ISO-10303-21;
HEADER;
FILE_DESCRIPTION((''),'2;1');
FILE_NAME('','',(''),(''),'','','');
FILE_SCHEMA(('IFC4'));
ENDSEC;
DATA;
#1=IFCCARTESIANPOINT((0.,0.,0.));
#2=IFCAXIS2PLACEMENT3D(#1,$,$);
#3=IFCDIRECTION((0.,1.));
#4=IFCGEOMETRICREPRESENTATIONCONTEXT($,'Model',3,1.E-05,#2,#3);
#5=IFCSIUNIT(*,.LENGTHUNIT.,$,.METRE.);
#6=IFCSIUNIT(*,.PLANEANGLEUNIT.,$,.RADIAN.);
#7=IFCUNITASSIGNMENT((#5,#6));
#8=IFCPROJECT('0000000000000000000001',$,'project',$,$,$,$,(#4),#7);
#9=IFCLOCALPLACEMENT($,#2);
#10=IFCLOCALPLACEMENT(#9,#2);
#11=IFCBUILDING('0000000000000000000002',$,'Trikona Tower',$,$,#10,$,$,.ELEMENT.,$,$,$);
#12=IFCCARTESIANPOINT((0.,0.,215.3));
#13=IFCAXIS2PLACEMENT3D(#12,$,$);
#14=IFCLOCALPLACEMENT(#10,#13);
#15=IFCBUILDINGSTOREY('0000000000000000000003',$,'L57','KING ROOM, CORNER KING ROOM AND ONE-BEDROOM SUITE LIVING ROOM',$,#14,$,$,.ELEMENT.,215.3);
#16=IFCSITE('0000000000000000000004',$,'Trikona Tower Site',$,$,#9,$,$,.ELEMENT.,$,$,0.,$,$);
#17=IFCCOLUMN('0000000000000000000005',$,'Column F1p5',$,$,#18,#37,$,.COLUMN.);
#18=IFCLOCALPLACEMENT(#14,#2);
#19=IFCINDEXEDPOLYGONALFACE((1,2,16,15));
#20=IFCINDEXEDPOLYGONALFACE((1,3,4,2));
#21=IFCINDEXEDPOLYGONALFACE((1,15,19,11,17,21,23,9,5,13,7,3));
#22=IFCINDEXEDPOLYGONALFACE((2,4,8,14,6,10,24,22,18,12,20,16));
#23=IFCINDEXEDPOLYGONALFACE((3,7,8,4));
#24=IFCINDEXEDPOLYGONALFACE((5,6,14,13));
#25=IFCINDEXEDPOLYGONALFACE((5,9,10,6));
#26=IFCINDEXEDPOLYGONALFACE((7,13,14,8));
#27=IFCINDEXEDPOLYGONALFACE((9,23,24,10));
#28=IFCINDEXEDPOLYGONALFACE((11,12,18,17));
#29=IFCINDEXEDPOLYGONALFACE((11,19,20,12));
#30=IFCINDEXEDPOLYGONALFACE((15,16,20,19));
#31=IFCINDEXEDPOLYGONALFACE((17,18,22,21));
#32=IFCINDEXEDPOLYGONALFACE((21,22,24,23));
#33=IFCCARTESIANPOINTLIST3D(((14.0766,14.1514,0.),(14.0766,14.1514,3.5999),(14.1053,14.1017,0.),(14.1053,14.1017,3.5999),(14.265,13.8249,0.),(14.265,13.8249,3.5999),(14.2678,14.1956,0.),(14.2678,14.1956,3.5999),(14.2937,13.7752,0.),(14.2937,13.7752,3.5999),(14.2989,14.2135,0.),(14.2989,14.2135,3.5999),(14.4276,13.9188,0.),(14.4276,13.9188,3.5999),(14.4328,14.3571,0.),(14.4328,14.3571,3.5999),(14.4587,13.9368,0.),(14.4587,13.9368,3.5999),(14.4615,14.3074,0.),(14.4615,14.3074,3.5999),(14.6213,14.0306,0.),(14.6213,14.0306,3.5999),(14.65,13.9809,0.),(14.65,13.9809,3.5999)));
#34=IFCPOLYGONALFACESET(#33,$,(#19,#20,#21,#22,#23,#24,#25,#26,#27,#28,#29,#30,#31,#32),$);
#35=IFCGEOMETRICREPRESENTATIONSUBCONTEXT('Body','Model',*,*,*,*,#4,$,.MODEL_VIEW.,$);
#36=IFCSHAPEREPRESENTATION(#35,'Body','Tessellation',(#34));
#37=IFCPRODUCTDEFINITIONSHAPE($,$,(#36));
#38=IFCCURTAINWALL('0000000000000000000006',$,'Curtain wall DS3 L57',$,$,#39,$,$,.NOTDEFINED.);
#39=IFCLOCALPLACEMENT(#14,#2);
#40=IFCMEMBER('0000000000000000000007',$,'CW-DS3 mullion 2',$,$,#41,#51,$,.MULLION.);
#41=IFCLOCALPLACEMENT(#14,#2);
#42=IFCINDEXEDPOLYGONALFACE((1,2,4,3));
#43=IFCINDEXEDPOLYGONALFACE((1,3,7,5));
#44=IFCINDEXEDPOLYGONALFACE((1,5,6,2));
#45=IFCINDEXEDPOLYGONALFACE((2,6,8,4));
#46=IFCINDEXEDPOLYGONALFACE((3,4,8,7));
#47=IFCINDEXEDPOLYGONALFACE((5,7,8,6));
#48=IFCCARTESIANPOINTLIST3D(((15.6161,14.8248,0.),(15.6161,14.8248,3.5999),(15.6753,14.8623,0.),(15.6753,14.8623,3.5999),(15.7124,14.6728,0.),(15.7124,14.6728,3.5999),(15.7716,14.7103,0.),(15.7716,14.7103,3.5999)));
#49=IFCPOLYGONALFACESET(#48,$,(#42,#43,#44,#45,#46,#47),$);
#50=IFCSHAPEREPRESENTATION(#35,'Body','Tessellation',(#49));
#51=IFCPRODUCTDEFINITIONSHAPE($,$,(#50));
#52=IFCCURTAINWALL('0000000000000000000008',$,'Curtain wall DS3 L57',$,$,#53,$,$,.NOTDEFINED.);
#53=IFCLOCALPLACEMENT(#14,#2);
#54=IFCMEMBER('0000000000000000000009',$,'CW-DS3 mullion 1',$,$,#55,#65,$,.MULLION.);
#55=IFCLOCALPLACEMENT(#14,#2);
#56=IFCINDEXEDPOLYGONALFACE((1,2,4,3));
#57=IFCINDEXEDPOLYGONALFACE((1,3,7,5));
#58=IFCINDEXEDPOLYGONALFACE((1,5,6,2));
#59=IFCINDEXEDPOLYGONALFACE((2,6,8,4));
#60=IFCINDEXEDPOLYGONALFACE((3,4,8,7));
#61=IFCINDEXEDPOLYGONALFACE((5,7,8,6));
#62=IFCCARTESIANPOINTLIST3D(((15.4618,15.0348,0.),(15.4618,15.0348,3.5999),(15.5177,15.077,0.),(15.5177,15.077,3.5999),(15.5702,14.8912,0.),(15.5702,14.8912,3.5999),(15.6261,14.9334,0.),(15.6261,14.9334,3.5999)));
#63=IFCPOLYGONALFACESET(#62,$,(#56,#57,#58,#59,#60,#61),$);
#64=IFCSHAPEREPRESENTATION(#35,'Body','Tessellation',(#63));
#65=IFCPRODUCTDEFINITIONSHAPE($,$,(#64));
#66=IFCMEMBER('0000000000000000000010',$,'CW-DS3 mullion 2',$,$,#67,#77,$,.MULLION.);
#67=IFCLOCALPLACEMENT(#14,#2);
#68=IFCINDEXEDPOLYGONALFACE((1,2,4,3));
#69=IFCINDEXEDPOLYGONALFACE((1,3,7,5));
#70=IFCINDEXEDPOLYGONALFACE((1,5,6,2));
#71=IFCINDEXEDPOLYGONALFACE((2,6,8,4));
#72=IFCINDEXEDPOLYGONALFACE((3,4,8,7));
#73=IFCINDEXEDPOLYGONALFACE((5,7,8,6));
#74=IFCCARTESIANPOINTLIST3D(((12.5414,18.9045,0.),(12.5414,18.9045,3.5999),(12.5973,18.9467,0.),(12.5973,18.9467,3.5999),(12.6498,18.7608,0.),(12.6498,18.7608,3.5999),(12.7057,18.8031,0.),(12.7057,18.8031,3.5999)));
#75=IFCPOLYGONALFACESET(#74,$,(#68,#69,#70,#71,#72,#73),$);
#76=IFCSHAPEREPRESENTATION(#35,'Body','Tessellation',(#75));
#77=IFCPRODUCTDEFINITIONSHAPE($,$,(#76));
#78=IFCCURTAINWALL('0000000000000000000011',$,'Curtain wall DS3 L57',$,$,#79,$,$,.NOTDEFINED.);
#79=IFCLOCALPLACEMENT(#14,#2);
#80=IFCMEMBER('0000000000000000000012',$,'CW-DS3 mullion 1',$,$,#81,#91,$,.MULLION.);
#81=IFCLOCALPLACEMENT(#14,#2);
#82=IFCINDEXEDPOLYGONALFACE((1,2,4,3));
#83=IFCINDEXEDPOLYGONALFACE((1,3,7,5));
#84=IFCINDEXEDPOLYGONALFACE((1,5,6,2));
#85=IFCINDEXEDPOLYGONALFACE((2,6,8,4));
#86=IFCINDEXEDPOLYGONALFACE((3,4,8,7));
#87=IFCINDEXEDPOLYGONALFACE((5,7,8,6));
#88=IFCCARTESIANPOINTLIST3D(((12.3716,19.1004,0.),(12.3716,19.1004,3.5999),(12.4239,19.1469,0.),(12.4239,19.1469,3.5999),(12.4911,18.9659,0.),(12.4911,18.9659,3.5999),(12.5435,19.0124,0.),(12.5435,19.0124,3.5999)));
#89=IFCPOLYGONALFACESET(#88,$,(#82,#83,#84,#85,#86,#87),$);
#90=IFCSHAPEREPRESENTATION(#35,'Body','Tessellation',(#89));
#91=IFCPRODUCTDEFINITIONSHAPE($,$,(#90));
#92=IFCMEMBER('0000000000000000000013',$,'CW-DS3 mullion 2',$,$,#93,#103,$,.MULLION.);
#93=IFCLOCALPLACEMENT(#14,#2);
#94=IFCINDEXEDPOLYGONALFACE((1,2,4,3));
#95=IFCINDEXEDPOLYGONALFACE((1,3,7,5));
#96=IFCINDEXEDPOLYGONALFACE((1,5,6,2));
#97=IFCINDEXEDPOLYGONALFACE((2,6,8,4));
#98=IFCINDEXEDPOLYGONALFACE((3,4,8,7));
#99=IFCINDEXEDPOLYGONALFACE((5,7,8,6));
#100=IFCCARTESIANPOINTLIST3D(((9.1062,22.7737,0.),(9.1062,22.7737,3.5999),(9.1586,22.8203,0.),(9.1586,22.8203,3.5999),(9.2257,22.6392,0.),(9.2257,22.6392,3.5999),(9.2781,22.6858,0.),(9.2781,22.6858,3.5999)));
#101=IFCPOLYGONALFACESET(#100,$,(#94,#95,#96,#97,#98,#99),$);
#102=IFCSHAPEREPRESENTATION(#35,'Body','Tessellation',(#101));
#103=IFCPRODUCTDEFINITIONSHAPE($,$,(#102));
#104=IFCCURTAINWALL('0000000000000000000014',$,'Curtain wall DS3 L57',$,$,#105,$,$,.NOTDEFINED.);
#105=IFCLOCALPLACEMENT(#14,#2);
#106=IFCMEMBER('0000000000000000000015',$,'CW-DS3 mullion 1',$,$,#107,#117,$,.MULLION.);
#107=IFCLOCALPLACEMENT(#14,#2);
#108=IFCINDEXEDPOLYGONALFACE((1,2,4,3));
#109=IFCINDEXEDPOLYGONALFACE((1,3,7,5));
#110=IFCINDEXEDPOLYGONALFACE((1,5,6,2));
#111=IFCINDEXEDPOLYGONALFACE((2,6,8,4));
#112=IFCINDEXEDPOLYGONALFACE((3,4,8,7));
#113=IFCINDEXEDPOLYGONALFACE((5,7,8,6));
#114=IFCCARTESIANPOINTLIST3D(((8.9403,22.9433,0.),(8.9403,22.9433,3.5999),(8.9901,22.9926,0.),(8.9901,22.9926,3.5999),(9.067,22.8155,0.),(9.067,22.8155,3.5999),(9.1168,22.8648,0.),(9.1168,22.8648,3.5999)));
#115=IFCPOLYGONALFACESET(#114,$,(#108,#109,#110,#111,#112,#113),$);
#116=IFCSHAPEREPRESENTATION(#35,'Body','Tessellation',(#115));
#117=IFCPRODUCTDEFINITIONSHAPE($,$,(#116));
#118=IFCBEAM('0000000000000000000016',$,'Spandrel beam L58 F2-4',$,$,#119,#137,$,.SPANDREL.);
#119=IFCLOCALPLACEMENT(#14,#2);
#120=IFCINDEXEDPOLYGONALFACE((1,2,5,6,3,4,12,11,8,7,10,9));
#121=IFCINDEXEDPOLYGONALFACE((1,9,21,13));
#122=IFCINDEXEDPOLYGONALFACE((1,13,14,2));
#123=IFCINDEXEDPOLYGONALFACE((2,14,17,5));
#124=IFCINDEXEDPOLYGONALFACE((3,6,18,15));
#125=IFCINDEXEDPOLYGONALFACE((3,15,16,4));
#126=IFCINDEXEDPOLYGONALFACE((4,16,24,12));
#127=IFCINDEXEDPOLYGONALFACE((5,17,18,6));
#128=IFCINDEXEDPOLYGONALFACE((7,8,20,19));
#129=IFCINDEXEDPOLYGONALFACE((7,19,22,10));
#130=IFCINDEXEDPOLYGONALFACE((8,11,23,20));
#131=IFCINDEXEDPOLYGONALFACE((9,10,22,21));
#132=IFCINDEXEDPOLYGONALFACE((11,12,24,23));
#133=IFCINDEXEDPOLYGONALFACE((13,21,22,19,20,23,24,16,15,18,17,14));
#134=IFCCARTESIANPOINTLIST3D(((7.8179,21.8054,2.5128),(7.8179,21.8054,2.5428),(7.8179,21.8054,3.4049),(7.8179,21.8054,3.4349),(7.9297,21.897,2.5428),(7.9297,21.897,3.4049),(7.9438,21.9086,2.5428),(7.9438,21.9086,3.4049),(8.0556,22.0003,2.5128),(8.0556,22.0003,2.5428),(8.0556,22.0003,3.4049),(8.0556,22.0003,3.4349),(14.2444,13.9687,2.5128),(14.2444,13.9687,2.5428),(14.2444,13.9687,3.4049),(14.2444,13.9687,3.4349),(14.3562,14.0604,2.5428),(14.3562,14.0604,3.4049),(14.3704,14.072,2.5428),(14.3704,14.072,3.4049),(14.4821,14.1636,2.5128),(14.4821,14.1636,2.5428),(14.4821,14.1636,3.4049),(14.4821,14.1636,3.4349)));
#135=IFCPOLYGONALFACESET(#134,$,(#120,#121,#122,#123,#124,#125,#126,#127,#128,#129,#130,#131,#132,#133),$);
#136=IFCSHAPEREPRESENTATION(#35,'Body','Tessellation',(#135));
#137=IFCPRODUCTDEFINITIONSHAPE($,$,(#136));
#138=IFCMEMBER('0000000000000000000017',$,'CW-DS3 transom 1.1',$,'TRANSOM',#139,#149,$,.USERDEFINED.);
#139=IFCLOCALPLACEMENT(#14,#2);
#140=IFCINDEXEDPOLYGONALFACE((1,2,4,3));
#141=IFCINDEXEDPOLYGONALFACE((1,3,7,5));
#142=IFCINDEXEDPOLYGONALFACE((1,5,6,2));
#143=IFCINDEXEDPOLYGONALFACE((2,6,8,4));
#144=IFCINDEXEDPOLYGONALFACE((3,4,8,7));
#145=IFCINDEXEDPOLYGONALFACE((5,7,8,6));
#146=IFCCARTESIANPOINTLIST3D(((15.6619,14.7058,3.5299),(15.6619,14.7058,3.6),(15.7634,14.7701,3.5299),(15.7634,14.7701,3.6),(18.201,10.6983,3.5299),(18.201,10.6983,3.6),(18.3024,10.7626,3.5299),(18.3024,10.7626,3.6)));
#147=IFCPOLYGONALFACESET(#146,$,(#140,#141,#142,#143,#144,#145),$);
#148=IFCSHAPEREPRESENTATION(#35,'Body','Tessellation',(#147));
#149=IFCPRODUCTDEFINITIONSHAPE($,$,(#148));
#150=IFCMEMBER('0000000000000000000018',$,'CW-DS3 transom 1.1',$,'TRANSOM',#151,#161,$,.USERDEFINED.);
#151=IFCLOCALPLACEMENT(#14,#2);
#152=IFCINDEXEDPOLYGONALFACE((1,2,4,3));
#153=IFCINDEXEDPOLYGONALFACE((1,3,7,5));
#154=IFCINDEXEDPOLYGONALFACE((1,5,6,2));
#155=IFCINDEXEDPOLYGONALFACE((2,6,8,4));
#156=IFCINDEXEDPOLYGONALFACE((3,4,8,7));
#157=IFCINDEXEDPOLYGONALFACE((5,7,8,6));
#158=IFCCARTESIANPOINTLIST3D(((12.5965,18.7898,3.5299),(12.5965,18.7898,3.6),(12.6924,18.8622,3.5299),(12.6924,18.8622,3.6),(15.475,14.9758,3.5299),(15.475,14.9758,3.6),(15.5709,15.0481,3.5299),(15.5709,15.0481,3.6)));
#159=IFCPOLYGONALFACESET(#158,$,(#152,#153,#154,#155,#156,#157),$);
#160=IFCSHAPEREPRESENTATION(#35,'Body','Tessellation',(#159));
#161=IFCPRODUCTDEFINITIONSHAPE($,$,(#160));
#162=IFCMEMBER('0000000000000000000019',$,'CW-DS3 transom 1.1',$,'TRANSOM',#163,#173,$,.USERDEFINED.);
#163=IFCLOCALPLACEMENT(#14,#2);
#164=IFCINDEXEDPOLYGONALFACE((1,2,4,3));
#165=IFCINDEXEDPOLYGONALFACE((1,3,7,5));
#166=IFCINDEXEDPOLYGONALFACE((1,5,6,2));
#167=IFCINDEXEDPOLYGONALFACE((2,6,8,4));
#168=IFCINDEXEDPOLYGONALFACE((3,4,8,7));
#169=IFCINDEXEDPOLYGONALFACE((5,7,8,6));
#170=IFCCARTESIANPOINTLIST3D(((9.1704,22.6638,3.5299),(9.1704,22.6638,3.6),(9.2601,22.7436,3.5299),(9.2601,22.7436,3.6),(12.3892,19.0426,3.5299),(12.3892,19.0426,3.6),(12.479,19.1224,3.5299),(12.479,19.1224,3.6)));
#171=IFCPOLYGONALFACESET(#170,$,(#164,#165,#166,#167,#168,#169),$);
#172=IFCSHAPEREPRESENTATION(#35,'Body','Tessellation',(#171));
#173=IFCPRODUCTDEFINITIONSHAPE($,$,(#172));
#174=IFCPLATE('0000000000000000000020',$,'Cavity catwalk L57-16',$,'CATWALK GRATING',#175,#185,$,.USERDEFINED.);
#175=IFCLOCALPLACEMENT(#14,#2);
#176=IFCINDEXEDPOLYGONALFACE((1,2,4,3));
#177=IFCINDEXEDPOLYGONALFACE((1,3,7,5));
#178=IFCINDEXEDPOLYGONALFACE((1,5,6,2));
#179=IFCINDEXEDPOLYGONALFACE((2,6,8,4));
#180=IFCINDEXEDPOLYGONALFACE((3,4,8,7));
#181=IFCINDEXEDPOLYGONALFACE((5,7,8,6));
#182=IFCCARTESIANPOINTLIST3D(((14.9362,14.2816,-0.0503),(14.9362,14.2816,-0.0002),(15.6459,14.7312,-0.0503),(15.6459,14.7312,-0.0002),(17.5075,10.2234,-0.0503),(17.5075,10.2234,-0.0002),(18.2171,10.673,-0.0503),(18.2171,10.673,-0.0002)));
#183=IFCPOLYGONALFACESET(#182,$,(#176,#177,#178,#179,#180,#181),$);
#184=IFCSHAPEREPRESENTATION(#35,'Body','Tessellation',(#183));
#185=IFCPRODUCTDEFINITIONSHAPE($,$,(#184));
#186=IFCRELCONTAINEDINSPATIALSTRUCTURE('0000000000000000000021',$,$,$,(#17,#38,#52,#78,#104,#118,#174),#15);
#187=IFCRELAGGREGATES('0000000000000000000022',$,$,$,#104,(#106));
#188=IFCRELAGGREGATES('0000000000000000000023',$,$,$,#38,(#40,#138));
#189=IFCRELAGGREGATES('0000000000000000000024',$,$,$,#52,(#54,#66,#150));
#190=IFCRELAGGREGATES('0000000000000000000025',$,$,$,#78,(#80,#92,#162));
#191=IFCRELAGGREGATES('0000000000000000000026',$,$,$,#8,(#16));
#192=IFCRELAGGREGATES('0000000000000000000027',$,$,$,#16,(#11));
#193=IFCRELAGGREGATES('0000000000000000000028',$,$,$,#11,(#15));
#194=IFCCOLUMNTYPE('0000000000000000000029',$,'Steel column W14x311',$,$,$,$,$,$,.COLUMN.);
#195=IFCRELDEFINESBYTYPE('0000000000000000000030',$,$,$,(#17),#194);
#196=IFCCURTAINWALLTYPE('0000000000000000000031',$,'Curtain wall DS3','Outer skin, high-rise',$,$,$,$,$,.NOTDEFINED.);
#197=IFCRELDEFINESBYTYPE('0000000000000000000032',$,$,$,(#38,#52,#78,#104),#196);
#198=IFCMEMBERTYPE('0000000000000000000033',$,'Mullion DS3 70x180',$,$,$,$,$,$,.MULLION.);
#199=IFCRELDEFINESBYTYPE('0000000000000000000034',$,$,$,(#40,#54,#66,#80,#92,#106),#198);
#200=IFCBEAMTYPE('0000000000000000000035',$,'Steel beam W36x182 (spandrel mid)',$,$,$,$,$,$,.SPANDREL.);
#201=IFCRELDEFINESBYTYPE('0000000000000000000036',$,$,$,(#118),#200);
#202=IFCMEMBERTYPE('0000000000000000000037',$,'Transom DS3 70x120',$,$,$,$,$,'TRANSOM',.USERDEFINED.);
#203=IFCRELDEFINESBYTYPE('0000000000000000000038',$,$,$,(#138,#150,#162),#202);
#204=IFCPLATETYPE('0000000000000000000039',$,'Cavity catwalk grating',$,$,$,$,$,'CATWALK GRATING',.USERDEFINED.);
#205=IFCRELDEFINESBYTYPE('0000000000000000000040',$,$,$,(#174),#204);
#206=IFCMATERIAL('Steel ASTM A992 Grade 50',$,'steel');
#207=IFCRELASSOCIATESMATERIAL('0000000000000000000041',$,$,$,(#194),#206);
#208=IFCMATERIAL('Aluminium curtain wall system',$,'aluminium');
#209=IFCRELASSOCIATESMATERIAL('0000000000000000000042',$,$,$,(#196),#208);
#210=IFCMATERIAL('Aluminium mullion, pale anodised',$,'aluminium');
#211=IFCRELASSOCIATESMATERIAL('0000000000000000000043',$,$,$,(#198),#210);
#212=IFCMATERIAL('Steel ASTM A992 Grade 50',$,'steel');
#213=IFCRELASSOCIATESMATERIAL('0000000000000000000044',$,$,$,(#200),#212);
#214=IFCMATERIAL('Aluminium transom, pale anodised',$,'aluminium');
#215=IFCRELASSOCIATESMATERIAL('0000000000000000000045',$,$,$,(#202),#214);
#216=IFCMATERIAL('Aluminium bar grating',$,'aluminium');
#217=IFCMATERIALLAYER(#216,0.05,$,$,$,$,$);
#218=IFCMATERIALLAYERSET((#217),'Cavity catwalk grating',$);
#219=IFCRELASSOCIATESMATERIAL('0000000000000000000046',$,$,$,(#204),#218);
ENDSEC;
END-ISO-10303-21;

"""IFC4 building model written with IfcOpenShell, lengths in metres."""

from ifc_helpers import new_model, si_unit, direction, frame, origin, origin_2d, place, context, subcontext, project, spatial, rectangle, i_section, extrude, material, layer, layer_set, material_profile, profile_set, type_object, element, aggregate, save


model = new_model("IFC4")

# Units and contexts
model_context = context("Model", 3, precision=1e-05, world=origin(), true_north=direction((0.0, 1.0)))
body_context = subcontext(model_context, "Body", "Model", "MODEL_VIEW")
ifc_project = project(units=[si_unit("LENGTHUNIT", "METRE"), si_unit("PLANEANGLEUNIT", "RADIAN")], contexts=[model_context])

# Site, building, storey
site_placement = place(None, origin())
site = spatial("IfcSite", under=ifc_project, at=site_placement, Name="Trikona Tower Site", CompositionType="ELEMENT", RefElevation=0.0)
building_placement = place(site_placement, origin())
building = spatial("IfcBuilding", under=site, at=building_placement, Name="Trikona Tower", CompositionType="ELEMENT")
storey_placement = place(building_placement, frame((0.0, 0.0, 215.3)))
storey = spatial("IfcBuildingStorey", under=building, at=storey_placement, Name="L57", Description="KING ROOM, CORNER KING ROOM AND ONE-BEDROOM SUITE LIVING ROOM", CompositionType="ELEMENT", Elevation=215.3)

# Column
ifc_material_1 = material(Name="Steel ASTM A992 Grade 50", Category="steel")
ifc_material_profile_1 = material_profile(ifc_material_1, i_section(OverallWidth=0.4114, OverallDepth=0.4343, WebThickness=0.0359, FlangeThickness=0.0574, at=origin_2d()), Name="W14X311")
ifc_profile_set_1 = profile_set([ifc_material_profile_1], Name="Steel ASTM A992 Grade 50")
column_type = type_object("IfcColumnType", Name="Steel column W14x311", PredefinedType="COLUMN", material=ifc_profile_set_1)
column_placement = place(storey_placement, frame((14.3633, 14.0662, 0.0), z_axis=(0.0, 0.0, 1.0), x_axis=(0.866025, 0.5, 0.0)))
element("IfcColumn", 1, at=column_placement, inside=storey, type_object=column_type, Name="Column F1p5", PredefinedType="COLUMN", context=body_context, shape_type="SweptSolid", body=[
    extrude(i_section(OverallWidth=0.4114, OverallDepth=0.4343, WebThickness=0.0359, FlangeThickness=0.0574, at=origin_2d()), origin(), (0.0, 0.0, 1.0), 3.5999),
])

# Curtain wall, member
ifc_material_2 = material(Name="Aluminium curtain wall system", Category="aluminium")
curtain_wall_type = type_object("IfcCurtainWallType", Name="Curtain wall DS3", Description="Outer skin, high-rise", PredefinedType="NOTDEFINED", material=ifc_material_2)
curtain_wall_1_placement = place(storey_placement, origin())
curtain_wall_1 = element("IfcCurtainWall", 2, at=curtain_wall_1_placement, inside=storey, type_object=curtain_wall_type, Name="Curtain wall DS3 L57", PredefinedType="NOTDEFINED")
ifc_material_3 = material(Name="Aluminium mullion, pale anodised", Category="aluminium")
ifc_material_profile_2 = material_profile(ifc_material_3, rectangle(XDim=0.0701, YDim=0.1799, at=origin_2d()), Name="MUL-DS3")
ifc_profile_set_2 = profile_set([ifc_material_profile_2], Name="Aluminium mullion, pale anodised")
member_type_1 = type_object("IfcMemberType", Name="Mullion DS3 70x180", PredefinedType="MULLION", material=ifc_profile_set_2)
member_1_placement = place(storey_placement, frame((15.6938, 14.7676, 0.0), z_axis=(0.0, 0.0, 1.0), x_axis=(-0.844727, -0.535197, 0.0)))
member_1 = element("IfcMember", 3, at=member_1_placement, type_object=member_type_1, Name="CW-DS3 mullion 2", PredefinedType="MULLION", context=body_context, shape_type="SweptSolid", body=[
    extrude(rectangle(XDim=0.0701, YDim=0.1799, at=origin_2d()), origin(), (0.0, 0.0, 1.0), 3.5999),
])

# Curtain walls, members
curtain_wall_2_placement = place(storey_placement, origin())
curtain_wall_2 = element("IfcCurtainWall", 4, at=curtain_wall_2_placement, inside=storey, type_object=curtain_wall_type, Name="Curtain wall DS3 L57", PredefinedType="NOTDEFINED")
member_2_placement = place(storey_placement, frame((15.5439, 14.9841, 0.0), z_axis=(0.0, 0.0, 1.0), x_axis=(-0.798193, -0.602402, 0.0)))
member_2 = element("IfcMember", 5, at=member_2_placement, type_object=member_type_1, Name="CW-DS3 mullion 1", PredefinedType="MULLION", context=body_context, shape_type="SweptSolid", body=[
    extrude(rectangle(XDim=0.0701, YDim=0.1799, at=origin_2d()), origin(), (0.0, 0.0, 1.0), 3.5999),
])
member_3_placement = place(storey_placement, frame((12.6235, 18.8538, 0.0), z_axis=(0.0, 0.0, 1.0), x_axis=(-0.798193, -0.602402, 0.0)))
member_3 = element("IfcMember", 6, at=member_3_placement, type_object=member_type_1, Name="CW-DS3 mullion 2", PredefinedType="MULLION", context=body_context, shape_type="SweptSolid", body=[
    extrude(rectangle(XDim=0.0701, YDim=0.1799, at=origin_2d()), origin(), (0.0, 0.0, 1.0), 3.5999),
])
curtain_wall_3_placement = place(storey_placement, origin())
curtain_wall_3 = element("IfcCurtainWall", 7, at=curtain_wall_3_placement, inside=storey, type_object=curtain_wall_type, Name="Curtain wall DS3 L57", PredefinedType="NOTDEFINED")
member_4_placement = place(storey_placement, frame((12.4575, 19.0564, 0.0), z_axis=(0.0, 0.0, 1.0), x_axis=(-0.747403, -0.664371, 0.0)))
member_4 = element("IfcMember", 8, at=member_4_placement, type_object=member_type_1, Name="CW-DS3 mullion 1", PredefinedType="MULLION", context=body_context, shape_type="SweptSolid", body=[
    extrude(rectangle(XDim=0.0701, YDim=0.1799, at=origin_2d()), origin(), (0.0, 0.0, 1.0), 3.5999),
])
member_5_placement = place(storey_placement, frame((9.1921, 22.7297, 0.0), z_axis=(0.0, 0.0, 1.0), x_axis=(-0.747403, -0.664371, 0.0)))
member_5 = element("IfcMember", 9, at=member_5_placement, type_object=member_type_1, Name="CW-DS3 mullion 2", PredefinedType="MULLION", context=body_context, shape_type="SweptSolid", body=[
    extrude(rectangle(XDim=0.0701, YDim=0.1799, at=origin_2d()), origin(), (0.0, 0.0, 1.0), 3.5999),
])

# Curtain wall, member
curtain_wall_4_placement = place(storey_placement, origin())
curtain_wall_4 = element("IfcCurtainWall", 10, at=curtain_wall_4_placement, inside=storey, type_object=curtain_wall_type, Name="Curtain wall DS3 L57", PredefinedType="NOTDEFINED")
member_6_placement = place(storey_placement, frame((9.0286, 22.9041, 0.0), z_axis=(0.0, 0.0, 1.0), x_axis=(-0.710052, -0.704149, 0.0)))
member_6 = element("IfcMember", 11, at=member_6_placement, type_object=member_type_1, Name="CW-DS3 mullion 1", PredefinedType="MULLION", context=body_context, shape_type="SweptSolid", body=[
    extrude(rectangle(XDim=0.0701, YDim=0.1799, at=origin_2d()), origin(), (0.0, 0.0, 1.0), 3.5999),
])
aggregate(curtain_wall_4, [member_6])

# Beam
ifc_material_4 = material(Name="Steel ASTM A992 Grade 50", Category="steel")
ifc_material_profile_3 = material_profile(ifc_material_4, i_section(OverallWidth=0.3074, OverallDepth=0.9221, WebThickness=0.0183, FlangeThickness=0.03, at=origin_2d()), Name="W36X182")
ifc_profile_set_3 = profile_set([ifc_material_profile_3], Name="Steel ASTM A992 Grade 50")
beam_type = type_object("IfcBeamType", Name="Steel beam W36x182 (spandrel mid)", PredefinedType="SPANDREL", material=ifc_profile_set_3)
beam_placement = place(storey_placement, frame((14.3633, 14.0662, 2.9739), z_axis=(-0.634106, 0.773246, 0.0), x_axis=(-0.773246, -0.634106, 0.0)))
element("IfcBeam", 12, at=beam_placement, inside=storey, type_object=beam_type, Name="Spandrel beam L58 F2-4", PredefinedType="SPANDREL", context=body_context, shape_type="SweptSolid", body=[
    extrude(i_section(OverallWidth=0.3074, OverallDepth=0.9221, WebThickness=0.0183, FlangeThickness=0.03, at=origin_2d()), origin(), (0.0, 0.0, 1.0), 10.1348),
])

# Members
ifc_material_5 = material(Name="Aluminium transom, pale anodised", Category="aluminium")
ifc_material_profile_4 = material_profile(ifc_material_5, rectangle(XDim=0.1201, YDim=0.0701, at=origin_2d()), Name="TRN-DS3")
ifc_profile_set_4 = profile_set([ifc_material_profile_4], Name="Aluminium transom, pale anodised")
member_type_2 = type_object("IfcMemberType", Name="Transom DS3 70x120", ElementType="TRANSOM", PredefinedType="USERDEFINED", material=ifc_profile_set_4)
member_7_placement = place(storey_placement, frame((18.2517, 10.7305, 3.5649), z_axis=(-0.535193, 0.84473, 0.0), x_axis=(-0.84473, -0.535193, 0.0)))
member_7 = element("IfcMember", 13, at=member_7_placement, type_object=member_type_2, Name="CW-DS3 transom 1.1", ObjectType="TRANSOM", PredefinedType="USERDEFINED", context=body_context, shape_type="SweptSolid", body=[
    extrude(rectangle(XDim=0.1201, YDim=0.0701, at=origin_2d()), origin(), (0.0, 0.0, 1.0), 4.7441),
])
member_8_placement = place(storey_placement, frame((15.5229, 15.012, 3.5649), z_axis=(-0.602401, 0.798194, 0.0), x_axis=(-0.798194, -0.602401, 0.0)))
member_8 = element("IfcMember", 14, at=member_8_placement, type_object=member_type_2, Name="CW-DS3 transom 1.1", ObjectType="TRANSOM", PredefinedType="USERDEFINED", context=body_context, shape_type="SweptSolid", body=[
    extrude(rectangle(XDim=0.1201, YDim=0.0701, at=origin_2d()), origin(), (0.0, 0.0, 1.0), 4.7783),
])
member_9_placement = place(storey_placement, frame((12.4341, 19.0825, 3.5649), z_axis=(-0.664364, 0.747409, 0.0), x_axis=(-0.747409, -0.664364, 0.0)))
member_9 = element("IfcMember", 15, at=member_9_placement, type_object=member_type_2, Name="CW-DS3 transom 1.1", ObjectType="TRANSOM", PredefinedType="USERDEFINED", context=body_context, shape_type="SweptSolid", body=[
    extrude(rectangle(XDim=0.1201, YDim=0.0701, at=origin_2d()), origin(), (0.0, 0.0, 1.0), 4.845),
])

# Plate
ifc_material_6 = material(Name="Aluminium bar grating", Category="aluminium")
ifc_layer_1 = layer(ifc_material_6, 0.05)
ifc_layer_set_1 = layer_set([ifc_layer_1], Name="Cavity catwalk grating")
plate_type_1 = type_object("IfcPlateType", Name="Cavity catwalk grating", ElementType="CATWALK GRATING", PredefinedType="USERDEFINED", material=ifc_layer_set_1)
plate_1_placement = place(storey_placement, frame((16.5767, 12.4773, -0.0503), z_axis=(0.0, 0.0, 1.0), x_axis=(-0.535205, 0.844722, 0.0)))
element("IfcPlate", 16, at=plate_1_placement, inside=storey, type_object=plate_type_1, Name="Cavity catwalk L57-16", ObjectType="CATWALK GRATING", PredefinedType="USERDEFINED", context=body_context, shape_type="SweptSolid", body=[
    extrude(rectangle(XDim=4.8042, YDim=0.8401, at=origin_2d()), origin(), (0.0, 0.0, 1.0), 0.05),
])

aggregate(curtain_wall_1, [member_1, member_7])
aggregate(curtain_wall_2, [member_2, member_3, member_8])
aggregate(curtain_wall_3, [member_4, member_5, member_9])

save(model, "model.ifc")
